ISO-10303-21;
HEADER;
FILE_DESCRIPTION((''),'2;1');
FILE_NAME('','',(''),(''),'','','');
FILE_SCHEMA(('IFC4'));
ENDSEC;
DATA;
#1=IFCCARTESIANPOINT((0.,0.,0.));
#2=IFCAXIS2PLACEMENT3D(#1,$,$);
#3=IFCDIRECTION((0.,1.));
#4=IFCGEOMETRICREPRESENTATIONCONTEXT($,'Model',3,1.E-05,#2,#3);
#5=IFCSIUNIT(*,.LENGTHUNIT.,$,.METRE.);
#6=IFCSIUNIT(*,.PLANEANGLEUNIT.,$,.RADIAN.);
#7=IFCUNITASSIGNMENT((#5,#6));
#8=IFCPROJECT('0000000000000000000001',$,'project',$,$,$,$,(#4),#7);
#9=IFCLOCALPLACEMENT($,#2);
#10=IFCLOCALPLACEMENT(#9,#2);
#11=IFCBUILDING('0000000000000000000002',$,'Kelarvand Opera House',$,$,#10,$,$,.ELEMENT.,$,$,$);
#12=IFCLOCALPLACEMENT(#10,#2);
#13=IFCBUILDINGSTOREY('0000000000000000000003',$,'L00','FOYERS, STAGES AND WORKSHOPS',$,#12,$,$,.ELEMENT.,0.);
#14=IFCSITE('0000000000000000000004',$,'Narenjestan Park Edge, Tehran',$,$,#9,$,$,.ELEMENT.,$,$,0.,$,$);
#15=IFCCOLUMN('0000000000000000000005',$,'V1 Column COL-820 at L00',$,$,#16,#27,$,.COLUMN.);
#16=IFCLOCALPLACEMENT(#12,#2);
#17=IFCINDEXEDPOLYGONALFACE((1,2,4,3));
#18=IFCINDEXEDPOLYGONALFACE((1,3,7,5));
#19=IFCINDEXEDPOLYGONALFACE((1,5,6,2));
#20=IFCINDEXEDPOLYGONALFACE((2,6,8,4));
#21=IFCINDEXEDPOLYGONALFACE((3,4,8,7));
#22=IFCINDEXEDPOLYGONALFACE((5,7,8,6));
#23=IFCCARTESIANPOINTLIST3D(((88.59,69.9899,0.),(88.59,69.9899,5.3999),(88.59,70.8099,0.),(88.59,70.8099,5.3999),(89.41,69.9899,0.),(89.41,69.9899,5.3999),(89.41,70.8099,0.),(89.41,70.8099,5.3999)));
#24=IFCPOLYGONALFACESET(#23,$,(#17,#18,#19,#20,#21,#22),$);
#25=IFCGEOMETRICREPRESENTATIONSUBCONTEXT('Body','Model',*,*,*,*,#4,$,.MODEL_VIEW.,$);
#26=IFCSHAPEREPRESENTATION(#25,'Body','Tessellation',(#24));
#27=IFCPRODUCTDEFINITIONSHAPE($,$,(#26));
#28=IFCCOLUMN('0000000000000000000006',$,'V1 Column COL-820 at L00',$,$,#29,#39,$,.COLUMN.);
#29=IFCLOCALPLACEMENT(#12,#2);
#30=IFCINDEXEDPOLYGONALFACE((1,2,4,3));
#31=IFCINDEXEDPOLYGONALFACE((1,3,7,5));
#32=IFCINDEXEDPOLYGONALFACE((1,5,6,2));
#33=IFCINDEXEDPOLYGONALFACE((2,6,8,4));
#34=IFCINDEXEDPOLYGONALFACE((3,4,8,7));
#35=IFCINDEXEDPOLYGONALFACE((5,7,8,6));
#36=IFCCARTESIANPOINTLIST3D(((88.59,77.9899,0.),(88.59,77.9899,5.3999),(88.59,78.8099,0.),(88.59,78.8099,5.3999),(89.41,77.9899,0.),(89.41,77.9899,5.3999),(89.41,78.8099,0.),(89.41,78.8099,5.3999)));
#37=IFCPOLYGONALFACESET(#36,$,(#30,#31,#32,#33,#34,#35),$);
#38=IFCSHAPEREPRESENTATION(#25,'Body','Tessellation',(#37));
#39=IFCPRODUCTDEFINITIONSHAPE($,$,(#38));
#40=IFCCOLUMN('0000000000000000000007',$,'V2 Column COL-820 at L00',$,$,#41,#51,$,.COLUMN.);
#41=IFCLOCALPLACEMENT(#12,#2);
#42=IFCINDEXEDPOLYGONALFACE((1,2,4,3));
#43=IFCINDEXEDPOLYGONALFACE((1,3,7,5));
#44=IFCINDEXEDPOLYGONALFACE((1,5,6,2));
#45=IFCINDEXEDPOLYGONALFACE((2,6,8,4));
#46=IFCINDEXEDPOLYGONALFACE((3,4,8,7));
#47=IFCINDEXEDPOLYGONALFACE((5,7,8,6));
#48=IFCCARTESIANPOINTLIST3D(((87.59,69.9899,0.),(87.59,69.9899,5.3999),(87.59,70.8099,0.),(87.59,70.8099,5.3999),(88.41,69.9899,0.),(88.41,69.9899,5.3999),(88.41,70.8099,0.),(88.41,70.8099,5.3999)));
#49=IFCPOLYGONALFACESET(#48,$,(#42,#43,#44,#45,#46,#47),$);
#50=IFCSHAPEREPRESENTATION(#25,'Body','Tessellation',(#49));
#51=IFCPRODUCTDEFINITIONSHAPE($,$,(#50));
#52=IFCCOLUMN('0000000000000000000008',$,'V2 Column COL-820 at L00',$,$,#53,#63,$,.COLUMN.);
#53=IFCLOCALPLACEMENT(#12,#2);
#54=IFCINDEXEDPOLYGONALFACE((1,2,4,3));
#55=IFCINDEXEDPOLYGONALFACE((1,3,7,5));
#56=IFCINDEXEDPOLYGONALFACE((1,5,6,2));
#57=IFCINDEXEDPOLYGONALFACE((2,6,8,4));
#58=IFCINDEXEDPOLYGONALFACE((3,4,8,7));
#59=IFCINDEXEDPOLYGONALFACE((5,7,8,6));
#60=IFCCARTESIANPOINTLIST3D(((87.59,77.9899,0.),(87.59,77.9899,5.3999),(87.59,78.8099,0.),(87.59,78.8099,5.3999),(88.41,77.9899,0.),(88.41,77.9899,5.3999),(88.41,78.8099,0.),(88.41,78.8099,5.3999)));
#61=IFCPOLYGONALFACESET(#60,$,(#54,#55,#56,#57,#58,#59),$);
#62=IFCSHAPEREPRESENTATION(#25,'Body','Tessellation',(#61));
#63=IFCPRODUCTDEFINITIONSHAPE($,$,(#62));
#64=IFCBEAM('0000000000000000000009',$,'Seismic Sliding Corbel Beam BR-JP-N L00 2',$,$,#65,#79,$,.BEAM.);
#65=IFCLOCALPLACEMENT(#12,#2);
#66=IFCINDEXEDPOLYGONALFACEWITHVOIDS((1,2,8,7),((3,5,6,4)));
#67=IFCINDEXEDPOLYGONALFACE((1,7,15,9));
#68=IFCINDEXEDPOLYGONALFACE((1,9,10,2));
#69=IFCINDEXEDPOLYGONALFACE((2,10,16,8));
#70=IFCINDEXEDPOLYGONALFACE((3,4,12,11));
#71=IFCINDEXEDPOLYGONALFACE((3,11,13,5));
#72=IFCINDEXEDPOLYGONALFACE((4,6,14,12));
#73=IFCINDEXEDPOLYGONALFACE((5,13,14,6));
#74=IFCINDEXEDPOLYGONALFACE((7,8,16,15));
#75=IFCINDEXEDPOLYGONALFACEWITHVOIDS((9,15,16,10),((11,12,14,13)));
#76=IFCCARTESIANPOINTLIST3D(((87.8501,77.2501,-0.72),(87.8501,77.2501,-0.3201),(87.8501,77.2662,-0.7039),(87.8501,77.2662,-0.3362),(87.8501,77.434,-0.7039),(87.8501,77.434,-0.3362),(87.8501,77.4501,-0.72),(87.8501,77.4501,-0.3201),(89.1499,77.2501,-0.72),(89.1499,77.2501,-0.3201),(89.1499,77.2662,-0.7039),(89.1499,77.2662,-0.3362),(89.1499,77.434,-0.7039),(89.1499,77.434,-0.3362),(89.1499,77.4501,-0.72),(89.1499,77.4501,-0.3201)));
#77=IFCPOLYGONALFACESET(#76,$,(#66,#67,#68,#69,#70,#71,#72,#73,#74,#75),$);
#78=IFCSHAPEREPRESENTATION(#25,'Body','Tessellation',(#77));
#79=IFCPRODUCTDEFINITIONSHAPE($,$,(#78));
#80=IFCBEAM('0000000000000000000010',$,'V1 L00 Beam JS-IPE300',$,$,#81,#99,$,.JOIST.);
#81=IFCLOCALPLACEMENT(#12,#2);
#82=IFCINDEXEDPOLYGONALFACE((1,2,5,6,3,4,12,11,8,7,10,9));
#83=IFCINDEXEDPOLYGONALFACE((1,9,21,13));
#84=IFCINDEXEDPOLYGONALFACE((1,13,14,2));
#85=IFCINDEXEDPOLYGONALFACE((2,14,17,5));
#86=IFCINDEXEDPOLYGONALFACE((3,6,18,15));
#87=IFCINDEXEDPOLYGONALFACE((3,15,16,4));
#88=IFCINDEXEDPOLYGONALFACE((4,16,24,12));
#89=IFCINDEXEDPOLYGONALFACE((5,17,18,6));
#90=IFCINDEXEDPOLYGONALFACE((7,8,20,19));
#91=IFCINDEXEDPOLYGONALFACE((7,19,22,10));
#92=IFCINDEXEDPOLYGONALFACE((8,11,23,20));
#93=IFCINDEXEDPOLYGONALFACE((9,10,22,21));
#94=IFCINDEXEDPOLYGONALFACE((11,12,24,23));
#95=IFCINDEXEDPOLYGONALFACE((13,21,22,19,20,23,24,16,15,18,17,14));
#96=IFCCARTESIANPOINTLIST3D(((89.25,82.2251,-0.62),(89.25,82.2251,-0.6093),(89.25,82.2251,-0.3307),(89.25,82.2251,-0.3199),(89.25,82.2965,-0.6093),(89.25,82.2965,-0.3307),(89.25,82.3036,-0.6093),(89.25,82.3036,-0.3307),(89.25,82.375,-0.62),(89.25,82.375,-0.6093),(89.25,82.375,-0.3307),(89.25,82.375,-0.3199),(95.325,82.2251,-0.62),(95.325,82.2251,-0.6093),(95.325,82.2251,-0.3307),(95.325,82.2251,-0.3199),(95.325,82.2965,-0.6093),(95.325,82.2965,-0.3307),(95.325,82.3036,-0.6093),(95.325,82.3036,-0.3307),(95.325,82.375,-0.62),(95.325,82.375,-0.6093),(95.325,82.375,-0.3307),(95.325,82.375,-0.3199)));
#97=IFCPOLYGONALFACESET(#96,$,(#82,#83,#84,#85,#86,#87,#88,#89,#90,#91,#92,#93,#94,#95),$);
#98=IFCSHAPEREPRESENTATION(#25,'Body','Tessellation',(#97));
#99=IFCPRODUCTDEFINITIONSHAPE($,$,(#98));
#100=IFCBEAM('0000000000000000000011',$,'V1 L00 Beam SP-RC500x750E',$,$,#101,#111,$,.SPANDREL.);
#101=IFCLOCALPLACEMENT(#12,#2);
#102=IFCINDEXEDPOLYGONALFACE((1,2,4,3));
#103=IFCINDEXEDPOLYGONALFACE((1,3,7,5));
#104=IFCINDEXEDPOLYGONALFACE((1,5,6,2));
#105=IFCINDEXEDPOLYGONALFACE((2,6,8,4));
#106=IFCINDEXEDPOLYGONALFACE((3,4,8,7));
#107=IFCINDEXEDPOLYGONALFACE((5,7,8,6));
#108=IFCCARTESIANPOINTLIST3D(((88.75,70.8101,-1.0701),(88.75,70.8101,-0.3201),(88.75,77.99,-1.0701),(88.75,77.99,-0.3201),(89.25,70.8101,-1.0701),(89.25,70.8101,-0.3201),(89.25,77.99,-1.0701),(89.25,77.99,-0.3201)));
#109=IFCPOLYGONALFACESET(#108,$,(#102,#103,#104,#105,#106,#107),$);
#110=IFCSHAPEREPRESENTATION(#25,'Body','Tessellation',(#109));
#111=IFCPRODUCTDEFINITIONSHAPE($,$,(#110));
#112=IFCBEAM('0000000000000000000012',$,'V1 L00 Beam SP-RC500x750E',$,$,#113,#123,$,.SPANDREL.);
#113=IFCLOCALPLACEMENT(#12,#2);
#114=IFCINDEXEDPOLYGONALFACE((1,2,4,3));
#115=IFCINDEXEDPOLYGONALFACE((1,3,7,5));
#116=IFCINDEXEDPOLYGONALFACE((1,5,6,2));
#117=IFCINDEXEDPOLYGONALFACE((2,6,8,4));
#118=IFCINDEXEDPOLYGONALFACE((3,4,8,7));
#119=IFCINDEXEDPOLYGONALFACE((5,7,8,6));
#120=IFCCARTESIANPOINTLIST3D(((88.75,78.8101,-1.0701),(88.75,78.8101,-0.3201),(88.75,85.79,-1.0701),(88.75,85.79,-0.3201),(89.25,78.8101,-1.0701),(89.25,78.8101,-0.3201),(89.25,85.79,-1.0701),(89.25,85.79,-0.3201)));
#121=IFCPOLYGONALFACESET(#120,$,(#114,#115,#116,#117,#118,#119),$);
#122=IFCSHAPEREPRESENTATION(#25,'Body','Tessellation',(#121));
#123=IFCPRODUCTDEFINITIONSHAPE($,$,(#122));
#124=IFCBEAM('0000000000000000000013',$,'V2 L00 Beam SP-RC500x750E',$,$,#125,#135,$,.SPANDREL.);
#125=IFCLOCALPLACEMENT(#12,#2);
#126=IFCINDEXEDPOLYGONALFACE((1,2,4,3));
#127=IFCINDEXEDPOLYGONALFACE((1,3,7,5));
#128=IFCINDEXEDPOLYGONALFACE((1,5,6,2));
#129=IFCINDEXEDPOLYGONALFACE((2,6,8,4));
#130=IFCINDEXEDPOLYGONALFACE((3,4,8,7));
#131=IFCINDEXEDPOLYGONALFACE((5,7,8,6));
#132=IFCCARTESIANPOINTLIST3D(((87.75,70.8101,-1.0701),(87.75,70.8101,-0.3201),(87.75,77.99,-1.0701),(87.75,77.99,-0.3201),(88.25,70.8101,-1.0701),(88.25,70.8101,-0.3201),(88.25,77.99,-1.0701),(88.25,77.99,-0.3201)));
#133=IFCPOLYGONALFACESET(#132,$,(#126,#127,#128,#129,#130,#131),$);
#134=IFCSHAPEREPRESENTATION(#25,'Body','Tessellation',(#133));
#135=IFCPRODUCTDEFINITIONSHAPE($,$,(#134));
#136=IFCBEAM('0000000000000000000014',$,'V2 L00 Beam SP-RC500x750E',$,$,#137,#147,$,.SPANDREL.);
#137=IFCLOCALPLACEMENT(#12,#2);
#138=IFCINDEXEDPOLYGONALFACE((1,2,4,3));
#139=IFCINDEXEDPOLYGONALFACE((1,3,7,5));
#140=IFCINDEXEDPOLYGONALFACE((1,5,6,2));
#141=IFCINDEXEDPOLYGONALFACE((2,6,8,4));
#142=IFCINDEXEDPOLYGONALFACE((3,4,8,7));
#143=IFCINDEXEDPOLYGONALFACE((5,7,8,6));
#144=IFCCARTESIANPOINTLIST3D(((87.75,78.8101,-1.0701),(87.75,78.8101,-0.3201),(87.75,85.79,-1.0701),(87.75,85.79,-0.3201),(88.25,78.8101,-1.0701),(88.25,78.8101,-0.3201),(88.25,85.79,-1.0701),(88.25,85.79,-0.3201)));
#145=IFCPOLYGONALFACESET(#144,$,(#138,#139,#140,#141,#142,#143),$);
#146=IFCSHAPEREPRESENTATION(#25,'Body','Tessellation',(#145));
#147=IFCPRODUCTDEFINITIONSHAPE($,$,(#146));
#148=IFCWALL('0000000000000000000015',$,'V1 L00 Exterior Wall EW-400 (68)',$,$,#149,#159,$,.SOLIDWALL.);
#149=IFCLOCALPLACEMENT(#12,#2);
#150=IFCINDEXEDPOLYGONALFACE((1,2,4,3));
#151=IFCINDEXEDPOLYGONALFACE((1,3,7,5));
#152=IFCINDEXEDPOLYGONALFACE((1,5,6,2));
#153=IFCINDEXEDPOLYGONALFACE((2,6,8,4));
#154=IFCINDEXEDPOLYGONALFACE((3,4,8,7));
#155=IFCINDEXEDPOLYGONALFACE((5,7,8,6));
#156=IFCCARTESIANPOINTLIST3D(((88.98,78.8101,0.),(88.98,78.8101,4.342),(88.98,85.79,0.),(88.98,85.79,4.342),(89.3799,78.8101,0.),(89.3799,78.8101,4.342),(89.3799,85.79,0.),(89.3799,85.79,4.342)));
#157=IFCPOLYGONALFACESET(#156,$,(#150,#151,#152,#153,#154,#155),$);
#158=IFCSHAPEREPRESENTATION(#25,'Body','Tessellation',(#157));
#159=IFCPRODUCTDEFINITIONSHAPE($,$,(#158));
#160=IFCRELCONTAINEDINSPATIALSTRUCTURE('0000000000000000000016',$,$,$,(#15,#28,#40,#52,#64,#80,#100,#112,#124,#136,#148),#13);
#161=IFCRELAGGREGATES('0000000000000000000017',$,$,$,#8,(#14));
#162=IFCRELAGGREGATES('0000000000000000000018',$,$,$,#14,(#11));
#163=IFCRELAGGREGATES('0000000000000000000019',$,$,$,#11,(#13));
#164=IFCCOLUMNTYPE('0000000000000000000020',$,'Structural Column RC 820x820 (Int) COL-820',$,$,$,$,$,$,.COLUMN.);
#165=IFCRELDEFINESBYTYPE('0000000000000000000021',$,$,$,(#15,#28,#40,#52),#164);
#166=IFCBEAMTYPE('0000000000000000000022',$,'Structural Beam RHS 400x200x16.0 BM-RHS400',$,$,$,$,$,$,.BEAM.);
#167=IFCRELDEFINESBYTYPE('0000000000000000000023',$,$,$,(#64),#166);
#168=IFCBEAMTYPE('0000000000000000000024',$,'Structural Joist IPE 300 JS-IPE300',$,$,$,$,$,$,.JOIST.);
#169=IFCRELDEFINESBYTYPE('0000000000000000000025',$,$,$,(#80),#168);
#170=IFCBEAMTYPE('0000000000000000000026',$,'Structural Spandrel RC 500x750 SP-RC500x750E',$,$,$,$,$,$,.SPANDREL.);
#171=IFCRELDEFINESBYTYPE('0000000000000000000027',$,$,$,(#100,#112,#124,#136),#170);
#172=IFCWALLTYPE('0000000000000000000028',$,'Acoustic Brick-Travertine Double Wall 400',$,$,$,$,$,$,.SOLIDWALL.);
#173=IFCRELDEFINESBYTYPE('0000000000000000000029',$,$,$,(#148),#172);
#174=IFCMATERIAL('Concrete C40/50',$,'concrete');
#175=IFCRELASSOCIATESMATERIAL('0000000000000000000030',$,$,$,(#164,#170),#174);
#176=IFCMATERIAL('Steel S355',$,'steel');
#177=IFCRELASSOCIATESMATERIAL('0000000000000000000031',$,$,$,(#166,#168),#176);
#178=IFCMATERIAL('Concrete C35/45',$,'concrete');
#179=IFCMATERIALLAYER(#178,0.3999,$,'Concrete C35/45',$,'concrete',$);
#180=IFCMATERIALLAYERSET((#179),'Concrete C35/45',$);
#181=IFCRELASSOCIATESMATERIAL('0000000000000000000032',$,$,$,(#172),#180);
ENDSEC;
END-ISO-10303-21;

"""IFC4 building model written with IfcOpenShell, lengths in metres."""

from ifc_helpers import new_model, si_unit, direction, frame, frame_2d, origin, origin_2d, place, context, subcontext, project, spatial, rectangle, hollow_rectangle, i_section, extrude, material, layer, layer_set, material_profile, profile_set, type_object, element, save


model = new_model("IFC4")

# Units and contexts
model_context = context("Model", 3, precision=1e-05, world=origin(), true_north=direction((0.0, 1.0)))
body_context = subcontext(model_context, "Body", "Model", "MODEL_VIEW")
ifc_project = project(units=[si_unit("LENGTHUNIT", "METRE"), si_unit("PLANEANGLEUNIT", "RADIAN")], contexts=[model_context])

# Site, building, storey
site_placement = place(None, origin())
site = spatial("IfcSite", under=ifc_project, at=site_placement, Name="Narenjestan Park Edge, Tehran", CompositionType="ELEMENT", RefElevation=0.0)
building_placement = place(site_placement, origin())
building = spatial("IfcBuilding", under=site, at=building_placement, Name="Kelarvand Opera House", CompositionType="ELEMENT")
storey_placement = place(building_placement, origin())
storey = spatial("IfcBuildingStorey", under=building, at=storey_placement, Name="L00", Description="FOYERS, STAGES AND WORKSHOPS", CompositionType="ELEMENT", Elevation=0.0)

# Columns
ifc_material_1 = material(Name="Concrete C40/50", Category="concrete")
ifc_material_profile_1 = material_profile(ifc_material_1, rectangle(XDim=0.8201, YDim=0.8201, at=origin_2d()), Name="RC 820x820", Category="concrete")
ifc_profile_set_1 = profile_set([ifc_material_profile_1], Name="Concrete C40/50")
column_type = type_object("IfcColumnType", Name="Structural Column RC 820x820 (Int) COL-820", PredefinedType="COLUMN", material=ifc_profile_set_1)
for number, where, z_axis, x_axis, name in (
    (1, (89.0, 70.3999, 0.0), (0.0, 0.0, 1.0), (1.0, 0.0, 0.0), "V1 Column COL-820 at L00"),
    (2, (89.0, 78.3999, 0.0), (0.0, 0.0, 1.0), (1.0, 0.0, 0.0), "V1 Column COL-820 at L00"),
    (3, (88.0, 70.3999, 0.0), (0.0, 0.0, 1.0), (1.0, 0.0, 0.0), "V2 Column COL-820 at L00"),
    (4, (88.0, 78.3999, 0.0), (0.0, 0.0, 1.0), (1.0, 0.0, 0.0), "V2 Column COL-820 at L00"),
):
    element("IfcColumn", number, at=place(storey_placement, frame(where, z_axis=z_axis, x_axis=x_axis)), inside=storey, type_object=column_type, Name=name, PredefinedType="COLUMN", context=body_context, shape_type="SweptSolid", body=[
        extrude(rectangle(XDim=0.8201, YDim=0.8201, at=origin_2d()), origin(), (0.0, 0.0, 1.0), 5.3999),
    ])

# Beams
ifc_material_2 = material(Name="Steel S355", Category="steel")
ifc_material_profile_2 = material_profile(ifc_material_2, hollow_rectangle(XDim=0.2, YDim=0.3999, WallThickness=0.0161, at=origin_2d()), Name="RHS 400x200x16.0", Category="steel")
ifc_profile_set_2 = profile_set([ifc_material_profile_2], Name="Steel S355")
beam_type_1 = type_object("IfcBeamType", Name="Structural Beam RHS 400x200x16.0 BM-RHS400", PredefinedType="BEAM", material=ifc_profile_set_2)
beam_1_placement = place(storey_placement, frame((87.8501, 77.3501, -0.52), z_axis=(1.0, 0.0, 0.0), x_axis=(0.0, 1.0, 0.0)))
element("IfcBeam", 5, at=beam_1_placement, inside=storey, type_object=beam_type_1, Name="Seismic Sliding Corbel Beam BR-JP-N L00 2", PredefinedType="BEAM", context=body_context, shape_type="SweptSolid", body=[
    extrude(hollow_rectangle(XDim=0.2, YDim=0.3999, WallThickness=0.0161, at=origin_2d()), origin(), (0.0, 0.0, 1.0), 1.2998),
])
ifc_material_profile_3 = material_profile(ifc_material_2, i_section(OverallWidth=0.1499, OverallDepth=0.3, WebThickness=0.0071, FlangeThickness=0.0107, at=origin_2d()), Name="IPE 300", Category="steel")
ifc_profile_set_3 = profile_set([ifc_material_profile_3], Name="Steel S355")
beam_type_2 = type_object("IfcBeamType", Name="Structural Joist IPE 300 JS-IPE300", PredefinedType="JOIST", material=ifc_profile_set_3)
beam_2_placement = place(storey_placement, frame((89.25, 82.3, -0.47), z_axis=(1.0, 0.0, 0.0), x_axis=(0.0, 1.0, 0.0)))
element("IfcBeam", 6, at=beam_2_placement, inside=storey, type_object=beam_type_2, Name="V1 L00 Beam JS-IPE300", PredefinedType="JOIST", context=body_context, shape_type="SweptSolid", body=[
    extrude(i_section(OverallWidth=0.1499, OverallDepth=0.3, WebThickness=0.0071, FlangeThickness=0.0107, at=origin_2d()), origin(), (0.0, 0.0, 1.0), 6.075),
])
ifc_material_profile_4 = material_profile(ifc_material_1, rectangle(XDim=0.5, YDim=0.75, at=origin_2d()), Name="RC 500x750", Category="concrete")
ifc_profile_set_4 = profile_set([ifc_material_profile_4], Name="Concrete C40/50")
beam_type_3 = type_object("IfcBeamType", Name="Structural Spandrel RC 500x750 SP-RC500x750E", PredefinedType="SPANDREL", material=ifc_profile_set_4)
beam_3_placement = place(storey_placement, frame((89.0, 70.8101, -0.6951), z_axis=(0.0, 1.0, 0.0), x_axis=(-1.0, 0.0, 0.0)))
element("IfcBeam", 7, at=beam_3_placement, inside=storey, type_object=beam_type_3, Name="V1 L00 Beam SP-RC500x750E", PredefinedType="SPANDREL", context=body_context, shape_type="SweptSolid", body=[
    extrude(rectangle(XDim=0.5, YDim=0.75, at=origin_2d()), origin(), (0.0, 0.0, 1.0), 7.1799),
])
beam_4_placement = place(storey_placement, frame((89.0, 78.8101, -0.6951), z_axis=(0.0, 1.0, 0.0), x_axis=(-1.0, 0.0, 0.0)))
element("IfcBeam", 8, at=beam_4_placement, inside=storey, type_object=beam_type_3, Name="V1 L00 Beam SP-RC500x750E", PredefinedType="SPANDREL", context=body_context, shape_type="SweptSolid", body=[
    extrude(rectangle(XDim=0.5, YDim=0.75, at=origin_2d()), origin(), (0.0, 0.0, 1.0), 6.98),
])
beam_5_placement = place(storey_placement, frame((88.0, 70.8101, -0.6951), z_axis=(0.0, 1.0, 0.0), x_axis=(-1.0, 0.0, 0.0)))
element("IfcBeam", 9, at=beam_5_placement, inside=storey, type_object=beam_type_3, Name="V2 L00 Beam SP-RC500x750E", PredefinedType="SPANDREL", context=body_context, shape_type="SweptSolid", body=[
    extrude(rectangle(XDim=0.5, YDim=0.75, at=origin_2d()), origin(), (0.0, 0.0, 1.0), 7.1799),
])
beam_6_placement = place(storey_placement, frame((88.0, 78.8101, -0.6951), z_axis=(0.0, 1.0, 0.0), x_axis=(-1.0, 0.0, 0.0)))
element("IfcBeam", 10, at=beam_6_placement, inside=storey, type_object=beam_type_3, Name="V2 L00 Beam SP-RC500x750E", PredefinedType="SPANDREL", context=body_context, shape_type="SweptSolid", body=[
    extrude(rectangle(XDim=0.5, YDim=0.75, at=origin_2d()), origin(), (0.0, 0.0, 1.0), 6.98),
])

# Wall
ifc_material_3 = material(Name="Concrete C35/45", Category="concrete")
ifc_layer = layer(ifc_material_3, 0.3999, Name="Concrete C35/45", Category="concrete")
ifc_layer_set = layer_set([ifc_layer], Name="Concrete C35/45")
wall_type = type_object("IfcWallType", Name="Acoustic Brick-Travertine Double Wall 400", PredefinedType="SOLIDWALL", material=ifc_layer_set)
wall_1_placement = place(storey_placement, frame((89.1799, 78.8101, 0.0), z_axis=(0.0, 0.0, 1.0), x_axis=(0.0, 1.0, 0.0)))
element("IfcWall", 11, at=wall_1_placement, inside=storey, type_object=wall_type, Name="V1 L00 Exterior Wall EW-400 (68)", PredefinedType="SOLIDWALL", context=body_context, shape_type="SweptSolid", body=[
    extrude(rectangle(XDim=6.98, YDim=0.3999, at=frame_2d((3.49, 0.0))), origin(), (0.0, 0.0, 1.0), 4.342),
])

save(model, "model.ifc")
